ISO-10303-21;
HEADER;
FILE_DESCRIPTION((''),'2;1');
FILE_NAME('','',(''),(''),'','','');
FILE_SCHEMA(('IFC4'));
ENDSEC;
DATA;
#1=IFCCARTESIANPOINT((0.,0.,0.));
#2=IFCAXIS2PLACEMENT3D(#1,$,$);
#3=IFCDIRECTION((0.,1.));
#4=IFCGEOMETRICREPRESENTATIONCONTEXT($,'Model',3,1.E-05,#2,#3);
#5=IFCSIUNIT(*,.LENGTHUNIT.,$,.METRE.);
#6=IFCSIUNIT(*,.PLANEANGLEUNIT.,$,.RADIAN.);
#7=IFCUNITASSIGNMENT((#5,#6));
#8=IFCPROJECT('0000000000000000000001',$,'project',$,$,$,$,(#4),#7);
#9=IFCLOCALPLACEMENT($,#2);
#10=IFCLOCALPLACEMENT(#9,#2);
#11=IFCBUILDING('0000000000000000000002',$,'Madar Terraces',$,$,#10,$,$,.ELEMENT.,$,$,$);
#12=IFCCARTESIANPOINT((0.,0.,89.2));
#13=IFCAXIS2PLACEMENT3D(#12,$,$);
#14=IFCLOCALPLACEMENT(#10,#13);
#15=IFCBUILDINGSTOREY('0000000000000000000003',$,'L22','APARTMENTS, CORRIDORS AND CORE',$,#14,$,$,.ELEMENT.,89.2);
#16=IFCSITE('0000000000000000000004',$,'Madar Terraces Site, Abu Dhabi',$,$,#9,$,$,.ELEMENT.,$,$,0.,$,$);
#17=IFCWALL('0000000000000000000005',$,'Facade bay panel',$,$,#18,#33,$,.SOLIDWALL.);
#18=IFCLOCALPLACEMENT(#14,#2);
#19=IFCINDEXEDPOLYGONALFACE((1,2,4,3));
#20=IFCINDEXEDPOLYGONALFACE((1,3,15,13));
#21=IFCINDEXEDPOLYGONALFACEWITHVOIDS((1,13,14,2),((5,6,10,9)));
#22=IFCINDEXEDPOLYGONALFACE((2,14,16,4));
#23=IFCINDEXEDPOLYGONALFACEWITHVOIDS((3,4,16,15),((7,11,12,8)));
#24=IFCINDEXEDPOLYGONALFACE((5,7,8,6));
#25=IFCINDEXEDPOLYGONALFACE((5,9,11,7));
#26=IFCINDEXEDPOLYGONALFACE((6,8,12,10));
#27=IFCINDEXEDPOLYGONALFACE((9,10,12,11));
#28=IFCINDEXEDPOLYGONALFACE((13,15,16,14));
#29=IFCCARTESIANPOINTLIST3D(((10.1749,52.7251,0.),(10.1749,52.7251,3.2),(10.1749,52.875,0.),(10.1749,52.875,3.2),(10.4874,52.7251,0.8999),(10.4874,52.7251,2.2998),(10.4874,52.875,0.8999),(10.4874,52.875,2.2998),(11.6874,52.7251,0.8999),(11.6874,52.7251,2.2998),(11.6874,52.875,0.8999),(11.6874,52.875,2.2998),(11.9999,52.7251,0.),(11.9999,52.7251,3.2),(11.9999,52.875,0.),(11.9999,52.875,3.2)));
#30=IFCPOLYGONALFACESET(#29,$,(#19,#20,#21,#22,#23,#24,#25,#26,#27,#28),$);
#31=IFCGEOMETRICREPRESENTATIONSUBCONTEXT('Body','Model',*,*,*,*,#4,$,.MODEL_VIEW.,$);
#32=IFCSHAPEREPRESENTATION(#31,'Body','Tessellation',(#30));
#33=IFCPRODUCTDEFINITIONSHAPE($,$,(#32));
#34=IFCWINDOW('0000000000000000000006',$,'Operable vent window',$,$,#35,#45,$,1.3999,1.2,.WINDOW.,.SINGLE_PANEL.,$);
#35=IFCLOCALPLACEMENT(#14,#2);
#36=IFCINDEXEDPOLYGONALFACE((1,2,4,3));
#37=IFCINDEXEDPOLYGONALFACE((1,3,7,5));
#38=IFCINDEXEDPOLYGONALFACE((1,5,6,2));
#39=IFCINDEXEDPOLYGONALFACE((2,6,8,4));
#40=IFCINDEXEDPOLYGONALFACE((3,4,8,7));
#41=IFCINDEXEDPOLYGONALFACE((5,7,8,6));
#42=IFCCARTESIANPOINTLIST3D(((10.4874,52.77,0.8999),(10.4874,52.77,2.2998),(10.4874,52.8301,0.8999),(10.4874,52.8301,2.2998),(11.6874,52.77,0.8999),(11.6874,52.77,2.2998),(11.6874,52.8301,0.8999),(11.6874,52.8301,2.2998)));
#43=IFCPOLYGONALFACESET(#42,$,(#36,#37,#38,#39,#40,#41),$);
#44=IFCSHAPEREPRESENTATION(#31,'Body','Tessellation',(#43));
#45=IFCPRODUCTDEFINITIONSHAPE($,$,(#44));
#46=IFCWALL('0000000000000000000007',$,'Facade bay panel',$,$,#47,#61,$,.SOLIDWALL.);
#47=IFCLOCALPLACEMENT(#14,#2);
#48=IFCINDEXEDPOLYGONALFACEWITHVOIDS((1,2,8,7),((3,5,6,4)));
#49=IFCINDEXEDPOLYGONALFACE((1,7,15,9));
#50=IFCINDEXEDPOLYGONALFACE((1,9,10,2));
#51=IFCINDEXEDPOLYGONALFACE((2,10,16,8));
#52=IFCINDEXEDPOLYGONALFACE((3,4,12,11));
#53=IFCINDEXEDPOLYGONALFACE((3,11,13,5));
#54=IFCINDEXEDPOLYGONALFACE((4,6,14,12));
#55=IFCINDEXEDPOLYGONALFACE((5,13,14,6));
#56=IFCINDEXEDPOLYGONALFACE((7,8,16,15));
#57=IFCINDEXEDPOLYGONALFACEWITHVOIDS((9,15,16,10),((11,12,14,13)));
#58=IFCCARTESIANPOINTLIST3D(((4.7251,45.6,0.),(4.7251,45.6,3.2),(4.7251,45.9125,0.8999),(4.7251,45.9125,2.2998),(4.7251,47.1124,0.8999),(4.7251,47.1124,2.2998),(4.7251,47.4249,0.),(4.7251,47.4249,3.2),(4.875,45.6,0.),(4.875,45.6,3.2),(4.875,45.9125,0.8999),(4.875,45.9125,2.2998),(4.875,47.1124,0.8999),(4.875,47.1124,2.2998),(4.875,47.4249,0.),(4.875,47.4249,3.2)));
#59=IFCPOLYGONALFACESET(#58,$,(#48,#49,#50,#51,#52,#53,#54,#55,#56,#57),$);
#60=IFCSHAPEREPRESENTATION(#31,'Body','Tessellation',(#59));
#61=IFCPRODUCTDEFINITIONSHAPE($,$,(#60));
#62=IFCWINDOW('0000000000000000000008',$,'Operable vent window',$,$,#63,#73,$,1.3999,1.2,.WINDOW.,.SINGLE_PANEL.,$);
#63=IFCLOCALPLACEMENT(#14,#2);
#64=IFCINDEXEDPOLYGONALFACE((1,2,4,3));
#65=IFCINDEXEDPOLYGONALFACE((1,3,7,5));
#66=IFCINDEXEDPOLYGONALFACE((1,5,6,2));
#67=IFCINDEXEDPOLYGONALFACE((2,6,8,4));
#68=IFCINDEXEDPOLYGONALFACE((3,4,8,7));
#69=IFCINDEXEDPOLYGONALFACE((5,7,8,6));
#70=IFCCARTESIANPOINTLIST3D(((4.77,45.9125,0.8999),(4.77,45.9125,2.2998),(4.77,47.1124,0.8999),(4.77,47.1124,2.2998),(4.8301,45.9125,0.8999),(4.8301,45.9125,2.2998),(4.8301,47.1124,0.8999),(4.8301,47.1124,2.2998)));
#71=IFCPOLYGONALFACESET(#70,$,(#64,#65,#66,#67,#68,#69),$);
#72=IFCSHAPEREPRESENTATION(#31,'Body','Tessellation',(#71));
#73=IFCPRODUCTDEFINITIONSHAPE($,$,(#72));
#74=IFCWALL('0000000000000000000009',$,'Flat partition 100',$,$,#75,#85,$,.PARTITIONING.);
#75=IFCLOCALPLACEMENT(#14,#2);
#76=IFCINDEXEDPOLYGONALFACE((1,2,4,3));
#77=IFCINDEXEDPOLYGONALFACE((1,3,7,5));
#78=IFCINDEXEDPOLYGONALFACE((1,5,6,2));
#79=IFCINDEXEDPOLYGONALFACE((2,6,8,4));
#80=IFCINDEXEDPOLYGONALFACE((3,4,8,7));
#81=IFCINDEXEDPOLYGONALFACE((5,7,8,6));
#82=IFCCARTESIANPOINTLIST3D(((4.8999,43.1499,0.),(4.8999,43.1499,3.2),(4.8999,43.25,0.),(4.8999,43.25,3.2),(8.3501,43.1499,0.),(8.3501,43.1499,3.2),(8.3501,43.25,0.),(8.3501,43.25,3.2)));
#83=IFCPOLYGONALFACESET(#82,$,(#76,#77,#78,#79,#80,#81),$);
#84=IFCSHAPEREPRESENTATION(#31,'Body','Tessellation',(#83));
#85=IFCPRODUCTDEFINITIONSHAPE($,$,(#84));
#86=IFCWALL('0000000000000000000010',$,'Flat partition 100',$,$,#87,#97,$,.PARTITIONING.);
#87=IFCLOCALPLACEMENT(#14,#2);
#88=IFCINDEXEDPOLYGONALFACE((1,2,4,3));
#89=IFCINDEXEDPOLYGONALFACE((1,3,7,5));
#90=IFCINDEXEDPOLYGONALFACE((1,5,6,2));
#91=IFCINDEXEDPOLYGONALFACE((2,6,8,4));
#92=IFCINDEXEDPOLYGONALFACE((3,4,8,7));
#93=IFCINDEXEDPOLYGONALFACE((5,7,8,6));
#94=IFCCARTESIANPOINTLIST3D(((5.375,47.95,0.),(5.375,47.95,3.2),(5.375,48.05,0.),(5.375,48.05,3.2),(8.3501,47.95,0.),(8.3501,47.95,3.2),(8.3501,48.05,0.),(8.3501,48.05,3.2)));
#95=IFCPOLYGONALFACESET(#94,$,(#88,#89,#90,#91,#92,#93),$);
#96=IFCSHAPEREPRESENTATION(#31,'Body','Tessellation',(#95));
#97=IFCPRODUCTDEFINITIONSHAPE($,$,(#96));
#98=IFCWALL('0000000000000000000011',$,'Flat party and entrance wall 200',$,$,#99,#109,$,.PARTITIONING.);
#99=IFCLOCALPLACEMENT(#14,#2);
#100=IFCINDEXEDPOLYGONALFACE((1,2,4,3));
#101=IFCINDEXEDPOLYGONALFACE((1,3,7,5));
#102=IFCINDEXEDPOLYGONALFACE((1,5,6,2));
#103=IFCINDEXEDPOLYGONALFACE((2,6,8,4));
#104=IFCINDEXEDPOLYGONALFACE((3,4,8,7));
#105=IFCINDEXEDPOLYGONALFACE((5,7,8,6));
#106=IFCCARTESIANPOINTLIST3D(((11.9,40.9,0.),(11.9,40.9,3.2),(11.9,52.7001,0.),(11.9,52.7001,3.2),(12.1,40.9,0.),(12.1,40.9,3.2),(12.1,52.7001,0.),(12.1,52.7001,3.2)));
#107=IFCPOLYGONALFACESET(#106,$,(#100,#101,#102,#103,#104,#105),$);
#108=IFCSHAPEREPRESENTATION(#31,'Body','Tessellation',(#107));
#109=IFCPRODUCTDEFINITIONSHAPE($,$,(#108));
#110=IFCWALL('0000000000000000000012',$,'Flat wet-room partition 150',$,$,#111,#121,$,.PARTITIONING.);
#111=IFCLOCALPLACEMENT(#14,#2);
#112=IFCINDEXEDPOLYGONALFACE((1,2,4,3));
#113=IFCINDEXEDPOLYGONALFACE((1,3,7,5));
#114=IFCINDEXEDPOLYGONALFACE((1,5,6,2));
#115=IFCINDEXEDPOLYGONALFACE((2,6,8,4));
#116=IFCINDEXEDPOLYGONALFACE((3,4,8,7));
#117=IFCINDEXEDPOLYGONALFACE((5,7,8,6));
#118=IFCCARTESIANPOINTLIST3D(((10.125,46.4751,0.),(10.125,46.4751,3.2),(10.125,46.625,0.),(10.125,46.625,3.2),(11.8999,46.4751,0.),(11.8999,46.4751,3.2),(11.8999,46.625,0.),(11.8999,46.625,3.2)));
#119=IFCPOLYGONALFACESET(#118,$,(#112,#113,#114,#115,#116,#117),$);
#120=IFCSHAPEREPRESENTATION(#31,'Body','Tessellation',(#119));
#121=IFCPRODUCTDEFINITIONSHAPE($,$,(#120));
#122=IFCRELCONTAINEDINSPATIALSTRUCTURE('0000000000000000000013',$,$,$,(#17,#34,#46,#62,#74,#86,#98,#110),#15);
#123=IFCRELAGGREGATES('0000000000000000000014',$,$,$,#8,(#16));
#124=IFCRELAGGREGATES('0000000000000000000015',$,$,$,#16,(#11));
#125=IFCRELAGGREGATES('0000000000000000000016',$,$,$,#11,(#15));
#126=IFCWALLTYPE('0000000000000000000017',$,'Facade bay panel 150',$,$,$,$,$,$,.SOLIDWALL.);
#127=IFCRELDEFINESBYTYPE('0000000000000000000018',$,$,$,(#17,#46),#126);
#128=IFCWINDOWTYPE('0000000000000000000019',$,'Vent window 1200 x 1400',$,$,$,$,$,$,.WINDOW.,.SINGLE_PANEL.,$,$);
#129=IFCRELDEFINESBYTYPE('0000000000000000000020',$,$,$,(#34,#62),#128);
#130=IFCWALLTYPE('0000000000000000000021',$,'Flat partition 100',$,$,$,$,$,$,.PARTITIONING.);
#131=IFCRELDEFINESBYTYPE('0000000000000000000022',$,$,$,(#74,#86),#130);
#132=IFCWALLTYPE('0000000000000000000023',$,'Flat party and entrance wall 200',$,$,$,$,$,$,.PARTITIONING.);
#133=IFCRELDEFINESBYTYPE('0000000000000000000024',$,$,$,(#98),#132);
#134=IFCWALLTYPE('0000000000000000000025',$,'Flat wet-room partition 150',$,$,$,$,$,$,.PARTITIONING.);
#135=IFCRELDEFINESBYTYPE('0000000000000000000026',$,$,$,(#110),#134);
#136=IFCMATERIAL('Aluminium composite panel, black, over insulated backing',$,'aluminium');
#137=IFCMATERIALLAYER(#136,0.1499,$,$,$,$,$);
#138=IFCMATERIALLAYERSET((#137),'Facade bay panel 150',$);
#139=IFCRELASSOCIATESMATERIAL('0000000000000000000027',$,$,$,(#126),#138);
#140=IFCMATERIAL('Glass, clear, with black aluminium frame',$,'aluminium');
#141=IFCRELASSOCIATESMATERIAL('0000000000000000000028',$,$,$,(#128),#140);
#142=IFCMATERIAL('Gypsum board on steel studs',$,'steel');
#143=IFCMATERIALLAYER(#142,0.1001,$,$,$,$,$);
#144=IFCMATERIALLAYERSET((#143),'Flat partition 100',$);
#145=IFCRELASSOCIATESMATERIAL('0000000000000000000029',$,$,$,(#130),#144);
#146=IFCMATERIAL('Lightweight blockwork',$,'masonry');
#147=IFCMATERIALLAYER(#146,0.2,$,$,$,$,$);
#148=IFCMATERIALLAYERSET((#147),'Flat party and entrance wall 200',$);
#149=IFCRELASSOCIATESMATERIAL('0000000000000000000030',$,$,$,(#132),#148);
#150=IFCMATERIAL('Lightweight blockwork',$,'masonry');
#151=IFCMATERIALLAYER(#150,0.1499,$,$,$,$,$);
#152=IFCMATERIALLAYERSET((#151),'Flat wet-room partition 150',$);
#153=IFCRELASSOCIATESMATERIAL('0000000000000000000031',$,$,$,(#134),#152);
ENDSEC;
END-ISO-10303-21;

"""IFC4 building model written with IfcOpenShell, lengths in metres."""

from ifc_helpers import new_model, si_unit, direction, frame, frame_2d, origin, place, context, subcontext, project, spatial, rectangle, extrude, material, layer, layer_set, type_object, element, fill, save


model = new_model("IFC4")

# Units and contexts
model_context = context("Model", 3, precision=1e-05, world=origin(), true_north=direction((0.0, 1.0)))
body_context = subcontext(model_context, "Body", "Model", "MODEL_VIEW")
ifc_project = project(units=[si_unit("LENGTHUNIT", "METRE"), si_unit("PLANEANGLEUNIT", "RADIAN")], contexts=[model_context])

# Site, building, storey
site_placement = place(None, origin())
site = spatial("IfcSite", under=ifc_project, at=site_placement, Name="Madar Terraces Site, Abu Dhabi", CompositionType="ELEMENT", RefElevation=0.0)
building_placement = place(site_placement, origin())
building = spatial("IfcBuilding", under=site, at=building_placement, Name="Madar Terraces", CompositionType="ELEMENT")
storey_placement = place(building_placement, frame((0.0, 0.0, 89.2)))
storey = spatial("IfcBuildingStorey", under=building, at=storey_placement, Name="L22", Description="APARTMENTS, CORRIDORS AND CORE", CompositionType="ELEMENT", Elevation=89.2)

# Walls, openings, windows
ifc_material_1 = material(Name="Aluminium composite panel, black, over insulated backing", Category="aluminium")
ifc_layer_1 = layer(ifc_material_1, 0.1499)
ifc_layer_set_1 = layer_set([ifc_layer_1], Name="Facade bay panel 150")
wall_type_1 = type_object("IfcWallType", Name="Facade bay panel 150", PredefinedType="SOLIDWALL", material=ifc_layer_set_1)
wall_1_placement = place(storey_placement, frame((12.0, 52.8, 0.0), z_axis=(0.0, 0.0, 1.0), x_axis=(-1.0, 0.0, 0.0)))
wall_1 = element("IfcWall", 1, at=wall_1_placement, inside=storey, type_object=wall_type_1, Name="Facade bay panel", PredefinedType="SOLIDWALL", context=body_context, shape_type="SweptSolid", body=[
    extrude(rectangle(XDim=1.825, YDim=0.1499, at=frame_2d((0.9126, 0.0))), origin(), (0.0, 0.0, 1.0), 3.2),
])
opening_1_placement = place(wall_1_placement, frame((0.3125, 0.0, 0.8999)))
opening_1 = element("IfcOpeningElement", 2, at=opening_1_placement, cuts=wall_1, PredefinedType="OPENING", context=body_context, shape_type="SweptSolid", body=[
    extrude(rectangle(XDim=1.2, YDim=1.3999, at=frame_2d((0.6001, 0.7))), frame((0.0, 0.085, 0.0), z_axis=(0.0, -1.0, 0.0), x_axis=(1.0, 0.0, 0.0)), (0.0, 0.0, 1.0), 0.1699),
])
ifc_material_2 = material(Name="Glass, clear, with black aluminium frame", Category="aluminium")
window_type = type_object("IfcWindowType", Name="Vent window 1200 x 1400", PartitioningType="SINGLE_PANEL", PredefinedType="WINDOW", material=ifc_material_2)
window_1_placement = place(opening_1_placement, origin())
window_1 = element("IfcWindow", 3, at=window_1_placement, inside=storey, type_object=window_type, Name="Operable vent window", OverallHeight=1.3999, OverallWidth=1.2, PartitioningType="SINGLE_PANEL", PredefinedType="WINDOW", context=body_context, shape_type="SweptSolid", body=[
    extrude(rectangle(XDim=1.2, YDim=1.3999, at=frame_2d((0.6001, 0.7))), frame((0.0, 0.03, 0.0), z_axis=(0.0, -1.0, 0.0), x_axis=(1.0, 0.0, 0.0)), (0.0, 0.0, 1.0), 0.0601),
])
fill(opening_1, window_1)
wall_2_placement = place(storey_placement, frame((4.8, 47.425, 0.0), z_axis=(0.0, 0.0, 1.0), x_axis=(0.0, -1.0, 0.0)))
wall_2 = element("IfcWall", 4, at=wall_2_placement, inside=storey, type_object=wall_type_1, Name="Facade bay panel", PredefinedType="SOLIDWALL", context=body_context, shape_type="SweptSolid", body=[
    extrude(rectangle(XDim=1.825, YDim=0.1499, at=frame_2d((0.9126, 0.0))), origin(), (0.0, 0.0, 1.0), 3.2),
])
opening_2_placement = place(wall_2_placement, frame((0.3125, 0.0, 0.8999)))
opening_2 = element("IfcOpeningElement", 5, at=opening_2_placement, cuts=wall_2, PredefinedType="OPENING", context=body_context, shape_type="SweptSolid", body=[
    extrude(rectangle(XDim=1.2, YDim=1.3999, at=frame_2d((0.6001, 0.7))), frame((0.0, 0.085, 0.0), z_axis=(0.0, -1.0, 0.0), x_axis=(1.0, 0.0, 0.0)), (0.0, 0.0, 1.0), 0.1699),
])
window_2_placement = place(opening_2_placement, origin())
window_2 = element("IfcWindow", 6, at=window_2_placement, inside=storey, type_object=window_type, Name="Operable vent window", OverallHeight=1.3999, OverallWidth=1.2, PartitioningType="SINGLE_PANEL", PredefinedType="WINDOW", context=body_context, shape_type="SweptSolid", body=[
    extrude(rectangle(XDim=1.2, YDim=1.3999, at=frame_2d((0.6001, 0.7))), frame((0.0, 0.03, 0.0), z_axis=(0.0, -1.0, 0.0), x_axis=(1.0, 0.0, 0.0)), (0.0, 0.0, 1.0), 0.0601),
])
fill(opening_2, window_2)

# Walls
ifc_material_3 = material(Name="Gypsum board on steel studs", Category="steel")
ifc_layer_2 = layer(ifc_material_3, 0.1001)
ifc_layer_set_2 = layer_set([ifc_layer_2], Name="Flat partition 100")
wall_type_2 = type_object("IfcWallType", Name="Flat partition 100", PredefinedType="PARTITIONING", material=ifc_layer_set_2)
wall_3_placement = place(storey_placement, frame((8.3501, 43.2, 0.0), z_axis=(0.0, 0.0, 1.0), x_axis=(-1.0, 0.0, 0.0)))
element("IfcWall", 7, at=wall_3_placement, inside=storey, type_object=wall_type_2, Name="Flat partition 100", PredefinedType="PARTITIONING", context=body_context, shape_type="SweptSolid", body=[
    extrude(rectangle(XDim=3.4502, YDim=0.1001, at=frame_2d((1.7251, 0.0))), origin(), (0.0, 0.0, 1.0), 3.2),
])
wall_4_placement = place(storey_placement, frame((8.3501, 48.0, 0.0), z_axis=(0.0, 0.0, 1.0), x_axis=(-1.0, 0.0, 0.0)))
element("IfcWall", 8, at=wall_4_placement, inside=storey, type_object=wall_type_2, Name="Flat partition 100", PredefinedType="PARTITIONING", context=body_context, shape_type="SweptSolid", body=[
    extrude(rectangle(XDim=2.9751, YDim=0.1001, at=frame_2d((1.4875, 0.0))), origin(), (0.0, 0.0, 1.0), 3.2),
])
ifc_material_4 = material(Name="Lightweight blockwork", Category="masonry")
ifc_layer_3 = layer(ifc_material_4, 0.2)
ifc_layer_set_3 = layer_set([ifc_layer_3], Name="Flat party and entrance wall 200")
wall_type_3 = type_object("IfcWallType", Name="Flat party and entrance wall 200", PredefinedType="PARTITIONING", material=ifc_layer_set_3)
wall_5_placement = place(storey_placement, frame((12.0, 52.7, 0.0), z_axis=(0.0, 0.0, 1.0), x_axis=(0.0, -1.0, 0.0)))
element("IfcWall", 9, at=wall_5_placement, inside=storey, type_object=wall_type_3, Name="Flat party and entrance wall 200", PredefinedType="PARTITIONING", context=body_context, shape_type="SweptSolid", body=[
    extrude(rectangle(XDim=11.8, YDim=0.2, at=frame_2d((5.8999, 0.0))), origin(), (0.0, 0.0, 1.0), 3.2),
])
ifc_material_5 = material(Name="Lightweight blockwork", Category="masonry")
ifc_layer_4 = layer(ifc_material_5, 0.1499)
ifc_layer_set_4 = layer_set([ifc_layer_4], Name="Flat wet-room partition 150")
wall_type_4 = type_object("IfcWallType", Name="Flat wet-room partition 150", PredefinedType="PARTITIONING", material=ifc_layer_set_4)
wall_6_placement = place(storey_placement, frame((11.8999, 46.55, 0.0), z_axis=(0.0, 0.0, 1.0), x_axis=(-1.0, 0.0, 0.0)))
element("IfcWall", 10, at=wall_6_placement, inside=storey, type_object=wall_type_4, Name="Flat wet-room partition 150", PredefinedType="PARTITIONING", context=body_context, shape_type="SweptSolid", body=[
    extrude(rectangle(XDim=1.7749, YDim=0.1499, at=frame_2d((0.8875, 0.0))), origin(), (0.0, 0.0, 1.0), 3.2),
])

save(model, "model.ifc")
